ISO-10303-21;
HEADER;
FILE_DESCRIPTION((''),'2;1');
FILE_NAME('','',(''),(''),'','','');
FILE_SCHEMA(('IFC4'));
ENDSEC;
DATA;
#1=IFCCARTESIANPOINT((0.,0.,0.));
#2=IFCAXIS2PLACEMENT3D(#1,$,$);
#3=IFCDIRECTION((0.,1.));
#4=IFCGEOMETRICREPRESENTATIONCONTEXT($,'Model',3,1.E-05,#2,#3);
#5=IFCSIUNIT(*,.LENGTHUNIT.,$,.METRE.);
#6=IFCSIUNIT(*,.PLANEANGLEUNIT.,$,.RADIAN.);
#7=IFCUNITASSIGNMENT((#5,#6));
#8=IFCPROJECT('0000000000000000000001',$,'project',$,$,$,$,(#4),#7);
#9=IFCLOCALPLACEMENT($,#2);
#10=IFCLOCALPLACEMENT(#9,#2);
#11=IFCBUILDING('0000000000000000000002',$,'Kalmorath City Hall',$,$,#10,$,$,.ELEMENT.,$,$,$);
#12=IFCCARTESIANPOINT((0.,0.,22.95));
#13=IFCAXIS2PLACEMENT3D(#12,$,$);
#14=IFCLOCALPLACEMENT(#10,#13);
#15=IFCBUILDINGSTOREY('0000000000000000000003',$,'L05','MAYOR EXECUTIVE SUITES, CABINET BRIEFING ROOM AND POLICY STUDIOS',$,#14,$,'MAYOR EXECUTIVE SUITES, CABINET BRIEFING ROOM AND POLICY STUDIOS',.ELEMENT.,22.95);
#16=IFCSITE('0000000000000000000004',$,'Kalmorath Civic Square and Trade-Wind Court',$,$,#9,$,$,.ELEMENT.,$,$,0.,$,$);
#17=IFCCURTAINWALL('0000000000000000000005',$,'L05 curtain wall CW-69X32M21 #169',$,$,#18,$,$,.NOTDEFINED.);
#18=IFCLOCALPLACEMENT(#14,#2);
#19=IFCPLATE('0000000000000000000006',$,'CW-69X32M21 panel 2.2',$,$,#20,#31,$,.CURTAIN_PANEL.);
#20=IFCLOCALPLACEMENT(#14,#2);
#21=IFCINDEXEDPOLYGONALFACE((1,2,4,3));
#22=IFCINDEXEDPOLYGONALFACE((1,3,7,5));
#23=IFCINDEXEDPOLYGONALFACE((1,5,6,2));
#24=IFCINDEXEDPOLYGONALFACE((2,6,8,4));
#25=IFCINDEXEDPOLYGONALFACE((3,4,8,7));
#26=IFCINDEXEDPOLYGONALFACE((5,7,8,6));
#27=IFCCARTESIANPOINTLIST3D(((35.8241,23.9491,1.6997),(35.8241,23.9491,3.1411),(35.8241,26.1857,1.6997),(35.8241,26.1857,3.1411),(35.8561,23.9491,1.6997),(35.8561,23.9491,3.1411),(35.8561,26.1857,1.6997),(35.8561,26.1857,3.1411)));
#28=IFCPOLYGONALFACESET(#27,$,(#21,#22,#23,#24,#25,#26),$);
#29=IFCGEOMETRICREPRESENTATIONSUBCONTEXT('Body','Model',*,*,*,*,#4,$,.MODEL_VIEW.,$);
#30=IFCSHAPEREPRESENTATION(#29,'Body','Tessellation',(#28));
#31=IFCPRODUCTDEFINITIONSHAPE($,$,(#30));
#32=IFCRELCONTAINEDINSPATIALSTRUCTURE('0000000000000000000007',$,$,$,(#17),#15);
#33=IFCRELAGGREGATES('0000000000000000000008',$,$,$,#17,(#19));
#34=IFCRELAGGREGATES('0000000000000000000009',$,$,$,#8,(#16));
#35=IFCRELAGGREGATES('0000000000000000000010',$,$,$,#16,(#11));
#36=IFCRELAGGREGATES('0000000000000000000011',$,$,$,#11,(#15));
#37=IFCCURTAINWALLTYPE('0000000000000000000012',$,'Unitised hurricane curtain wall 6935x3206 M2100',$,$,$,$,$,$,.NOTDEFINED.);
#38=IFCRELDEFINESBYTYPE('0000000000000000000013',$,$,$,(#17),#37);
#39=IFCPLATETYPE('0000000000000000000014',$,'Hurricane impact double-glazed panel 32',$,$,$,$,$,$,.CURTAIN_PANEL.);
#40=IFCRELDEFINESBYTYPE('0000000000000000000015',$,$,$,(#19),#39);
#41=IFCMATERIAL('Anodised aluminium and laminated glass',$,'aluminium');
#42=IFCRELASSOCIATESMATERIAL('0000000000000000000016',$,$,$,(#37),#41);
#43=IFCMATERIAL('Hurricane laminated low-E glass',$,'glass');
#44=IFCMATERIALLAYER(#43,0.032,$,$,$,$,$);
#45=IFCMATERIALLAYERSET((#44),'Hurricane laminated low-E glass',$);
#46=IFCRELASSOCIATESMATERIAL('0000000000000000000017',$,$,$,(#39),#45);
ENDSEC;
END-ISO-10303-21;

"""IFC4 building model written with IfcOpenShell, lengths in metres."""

from ifc_helpers import new_model, si_unit, direction, frame, origin, origin_2d, place, context, subcontext, project, spatial, rectangle, extrude, material, layer, layer_set, type_object, element, aggregate, save


model = new_model("IFC4")

# Units and contexts
model_context = context("Model", 3, precision=1e-05, world=origin(), true_north=direction((0.0, 1.0)))
body_context = subcontext(model_context, "Body", "Model", "MODEL_VIEW")
ifc_project = project(units=[si_unit("LENGTHUNIT", "METRE"), si_unit("PLANEANGLEUNIT", "RADIAN")], contexts=[model_context])

# Site, building, storey
site_placement = place(None, origin())
site = spatial("IfcSite", under=ifc_project, at=site_placement, Name="Kalmorath Civic Square and Trade-Wind Court", CompositionType="ELEMENT", RefElevation=0.0)
building_placement = place(site_placement, origin())
building = spatial("IfcBuilding", under=site, at=building_placement, Name="Kalmorath City Hall", CompositionType="ELEMENT")
storey_placement = place(building_placement, frame((0.0, 0.0, 22.95)))
storey = spatial("IfcBuildingStorey", under=building, at=storey_placement, Name="L05", Description="MAYOR EXECUTIVE SUITES, CABINET BRIEFING ROOM AND POLICY STUDIOS", LongName="MAYOR EXECUTIVE SUITES, CABINET BRIEFING ROOM AND POLICY STUDIOS", CompositionType="ELEMENT", Elevation=22.95)

# Curtain wall
ifc_material_1 = material(Name="Anodised aluminium and laminated glass", Category="aluminium")
curtain_wall_type_1 = type_object("IfcCurtainWallType", Name="Unitised hurricane curtain wall 6935x3206 M2100", PredefinedType="NOTDEFINED", material=ifc_material_1)
curtain_wall_1_placement = place(storey_placement, origin())
curtain_wall_1 = element("IfcCurtainWall", 1, at=curtain_wall_1_placement, inside=storey, type_object=curtain_wall_type_1, Name="L05 curtain wall CW-69X32M21 #169", PredefinedType="NOTDEFINED")

# Plate
ifc_material_2 = material(Name="Hurricane laminated low-E glass", Category="glass")
ifc_layer = layer(ifc_material_2, 0.032)
ifc_layer_set = layer_set([ifc_layer], Name="Hurricane laminated low-E glass")
plate_type = type_object("IfcPlateType", Name="Hurricane impact double-glazed panel 32", PredefinedType="CURTAIN_PANEL", material=ifc_layer_set)
plate_1_placement = place(storey_placement, frame((35.8401, 25.0674, 1.6997), z_axis=(0.0, 0.0, 1.0), x_axis=(0.0, -1.0, 0.0)))
plate_1 = element("IfcPlate", 2, at=plate_1_placement, type_object=plate_type, Name="CW-69X32M21 panel 2.2", PredefinedType="CURTAIN_PANEL", context=body_context, shape_type="SweptSolid", body=[
    extrude(rectangle(XDim=2.2366, YDim=0.032, at=origin_2d()), origin(), (0.0, 0.0, 1.0), 1.4414),
])
aggregate(curtain_wall_1, [plate_1])

save(model, "model.ifc")
